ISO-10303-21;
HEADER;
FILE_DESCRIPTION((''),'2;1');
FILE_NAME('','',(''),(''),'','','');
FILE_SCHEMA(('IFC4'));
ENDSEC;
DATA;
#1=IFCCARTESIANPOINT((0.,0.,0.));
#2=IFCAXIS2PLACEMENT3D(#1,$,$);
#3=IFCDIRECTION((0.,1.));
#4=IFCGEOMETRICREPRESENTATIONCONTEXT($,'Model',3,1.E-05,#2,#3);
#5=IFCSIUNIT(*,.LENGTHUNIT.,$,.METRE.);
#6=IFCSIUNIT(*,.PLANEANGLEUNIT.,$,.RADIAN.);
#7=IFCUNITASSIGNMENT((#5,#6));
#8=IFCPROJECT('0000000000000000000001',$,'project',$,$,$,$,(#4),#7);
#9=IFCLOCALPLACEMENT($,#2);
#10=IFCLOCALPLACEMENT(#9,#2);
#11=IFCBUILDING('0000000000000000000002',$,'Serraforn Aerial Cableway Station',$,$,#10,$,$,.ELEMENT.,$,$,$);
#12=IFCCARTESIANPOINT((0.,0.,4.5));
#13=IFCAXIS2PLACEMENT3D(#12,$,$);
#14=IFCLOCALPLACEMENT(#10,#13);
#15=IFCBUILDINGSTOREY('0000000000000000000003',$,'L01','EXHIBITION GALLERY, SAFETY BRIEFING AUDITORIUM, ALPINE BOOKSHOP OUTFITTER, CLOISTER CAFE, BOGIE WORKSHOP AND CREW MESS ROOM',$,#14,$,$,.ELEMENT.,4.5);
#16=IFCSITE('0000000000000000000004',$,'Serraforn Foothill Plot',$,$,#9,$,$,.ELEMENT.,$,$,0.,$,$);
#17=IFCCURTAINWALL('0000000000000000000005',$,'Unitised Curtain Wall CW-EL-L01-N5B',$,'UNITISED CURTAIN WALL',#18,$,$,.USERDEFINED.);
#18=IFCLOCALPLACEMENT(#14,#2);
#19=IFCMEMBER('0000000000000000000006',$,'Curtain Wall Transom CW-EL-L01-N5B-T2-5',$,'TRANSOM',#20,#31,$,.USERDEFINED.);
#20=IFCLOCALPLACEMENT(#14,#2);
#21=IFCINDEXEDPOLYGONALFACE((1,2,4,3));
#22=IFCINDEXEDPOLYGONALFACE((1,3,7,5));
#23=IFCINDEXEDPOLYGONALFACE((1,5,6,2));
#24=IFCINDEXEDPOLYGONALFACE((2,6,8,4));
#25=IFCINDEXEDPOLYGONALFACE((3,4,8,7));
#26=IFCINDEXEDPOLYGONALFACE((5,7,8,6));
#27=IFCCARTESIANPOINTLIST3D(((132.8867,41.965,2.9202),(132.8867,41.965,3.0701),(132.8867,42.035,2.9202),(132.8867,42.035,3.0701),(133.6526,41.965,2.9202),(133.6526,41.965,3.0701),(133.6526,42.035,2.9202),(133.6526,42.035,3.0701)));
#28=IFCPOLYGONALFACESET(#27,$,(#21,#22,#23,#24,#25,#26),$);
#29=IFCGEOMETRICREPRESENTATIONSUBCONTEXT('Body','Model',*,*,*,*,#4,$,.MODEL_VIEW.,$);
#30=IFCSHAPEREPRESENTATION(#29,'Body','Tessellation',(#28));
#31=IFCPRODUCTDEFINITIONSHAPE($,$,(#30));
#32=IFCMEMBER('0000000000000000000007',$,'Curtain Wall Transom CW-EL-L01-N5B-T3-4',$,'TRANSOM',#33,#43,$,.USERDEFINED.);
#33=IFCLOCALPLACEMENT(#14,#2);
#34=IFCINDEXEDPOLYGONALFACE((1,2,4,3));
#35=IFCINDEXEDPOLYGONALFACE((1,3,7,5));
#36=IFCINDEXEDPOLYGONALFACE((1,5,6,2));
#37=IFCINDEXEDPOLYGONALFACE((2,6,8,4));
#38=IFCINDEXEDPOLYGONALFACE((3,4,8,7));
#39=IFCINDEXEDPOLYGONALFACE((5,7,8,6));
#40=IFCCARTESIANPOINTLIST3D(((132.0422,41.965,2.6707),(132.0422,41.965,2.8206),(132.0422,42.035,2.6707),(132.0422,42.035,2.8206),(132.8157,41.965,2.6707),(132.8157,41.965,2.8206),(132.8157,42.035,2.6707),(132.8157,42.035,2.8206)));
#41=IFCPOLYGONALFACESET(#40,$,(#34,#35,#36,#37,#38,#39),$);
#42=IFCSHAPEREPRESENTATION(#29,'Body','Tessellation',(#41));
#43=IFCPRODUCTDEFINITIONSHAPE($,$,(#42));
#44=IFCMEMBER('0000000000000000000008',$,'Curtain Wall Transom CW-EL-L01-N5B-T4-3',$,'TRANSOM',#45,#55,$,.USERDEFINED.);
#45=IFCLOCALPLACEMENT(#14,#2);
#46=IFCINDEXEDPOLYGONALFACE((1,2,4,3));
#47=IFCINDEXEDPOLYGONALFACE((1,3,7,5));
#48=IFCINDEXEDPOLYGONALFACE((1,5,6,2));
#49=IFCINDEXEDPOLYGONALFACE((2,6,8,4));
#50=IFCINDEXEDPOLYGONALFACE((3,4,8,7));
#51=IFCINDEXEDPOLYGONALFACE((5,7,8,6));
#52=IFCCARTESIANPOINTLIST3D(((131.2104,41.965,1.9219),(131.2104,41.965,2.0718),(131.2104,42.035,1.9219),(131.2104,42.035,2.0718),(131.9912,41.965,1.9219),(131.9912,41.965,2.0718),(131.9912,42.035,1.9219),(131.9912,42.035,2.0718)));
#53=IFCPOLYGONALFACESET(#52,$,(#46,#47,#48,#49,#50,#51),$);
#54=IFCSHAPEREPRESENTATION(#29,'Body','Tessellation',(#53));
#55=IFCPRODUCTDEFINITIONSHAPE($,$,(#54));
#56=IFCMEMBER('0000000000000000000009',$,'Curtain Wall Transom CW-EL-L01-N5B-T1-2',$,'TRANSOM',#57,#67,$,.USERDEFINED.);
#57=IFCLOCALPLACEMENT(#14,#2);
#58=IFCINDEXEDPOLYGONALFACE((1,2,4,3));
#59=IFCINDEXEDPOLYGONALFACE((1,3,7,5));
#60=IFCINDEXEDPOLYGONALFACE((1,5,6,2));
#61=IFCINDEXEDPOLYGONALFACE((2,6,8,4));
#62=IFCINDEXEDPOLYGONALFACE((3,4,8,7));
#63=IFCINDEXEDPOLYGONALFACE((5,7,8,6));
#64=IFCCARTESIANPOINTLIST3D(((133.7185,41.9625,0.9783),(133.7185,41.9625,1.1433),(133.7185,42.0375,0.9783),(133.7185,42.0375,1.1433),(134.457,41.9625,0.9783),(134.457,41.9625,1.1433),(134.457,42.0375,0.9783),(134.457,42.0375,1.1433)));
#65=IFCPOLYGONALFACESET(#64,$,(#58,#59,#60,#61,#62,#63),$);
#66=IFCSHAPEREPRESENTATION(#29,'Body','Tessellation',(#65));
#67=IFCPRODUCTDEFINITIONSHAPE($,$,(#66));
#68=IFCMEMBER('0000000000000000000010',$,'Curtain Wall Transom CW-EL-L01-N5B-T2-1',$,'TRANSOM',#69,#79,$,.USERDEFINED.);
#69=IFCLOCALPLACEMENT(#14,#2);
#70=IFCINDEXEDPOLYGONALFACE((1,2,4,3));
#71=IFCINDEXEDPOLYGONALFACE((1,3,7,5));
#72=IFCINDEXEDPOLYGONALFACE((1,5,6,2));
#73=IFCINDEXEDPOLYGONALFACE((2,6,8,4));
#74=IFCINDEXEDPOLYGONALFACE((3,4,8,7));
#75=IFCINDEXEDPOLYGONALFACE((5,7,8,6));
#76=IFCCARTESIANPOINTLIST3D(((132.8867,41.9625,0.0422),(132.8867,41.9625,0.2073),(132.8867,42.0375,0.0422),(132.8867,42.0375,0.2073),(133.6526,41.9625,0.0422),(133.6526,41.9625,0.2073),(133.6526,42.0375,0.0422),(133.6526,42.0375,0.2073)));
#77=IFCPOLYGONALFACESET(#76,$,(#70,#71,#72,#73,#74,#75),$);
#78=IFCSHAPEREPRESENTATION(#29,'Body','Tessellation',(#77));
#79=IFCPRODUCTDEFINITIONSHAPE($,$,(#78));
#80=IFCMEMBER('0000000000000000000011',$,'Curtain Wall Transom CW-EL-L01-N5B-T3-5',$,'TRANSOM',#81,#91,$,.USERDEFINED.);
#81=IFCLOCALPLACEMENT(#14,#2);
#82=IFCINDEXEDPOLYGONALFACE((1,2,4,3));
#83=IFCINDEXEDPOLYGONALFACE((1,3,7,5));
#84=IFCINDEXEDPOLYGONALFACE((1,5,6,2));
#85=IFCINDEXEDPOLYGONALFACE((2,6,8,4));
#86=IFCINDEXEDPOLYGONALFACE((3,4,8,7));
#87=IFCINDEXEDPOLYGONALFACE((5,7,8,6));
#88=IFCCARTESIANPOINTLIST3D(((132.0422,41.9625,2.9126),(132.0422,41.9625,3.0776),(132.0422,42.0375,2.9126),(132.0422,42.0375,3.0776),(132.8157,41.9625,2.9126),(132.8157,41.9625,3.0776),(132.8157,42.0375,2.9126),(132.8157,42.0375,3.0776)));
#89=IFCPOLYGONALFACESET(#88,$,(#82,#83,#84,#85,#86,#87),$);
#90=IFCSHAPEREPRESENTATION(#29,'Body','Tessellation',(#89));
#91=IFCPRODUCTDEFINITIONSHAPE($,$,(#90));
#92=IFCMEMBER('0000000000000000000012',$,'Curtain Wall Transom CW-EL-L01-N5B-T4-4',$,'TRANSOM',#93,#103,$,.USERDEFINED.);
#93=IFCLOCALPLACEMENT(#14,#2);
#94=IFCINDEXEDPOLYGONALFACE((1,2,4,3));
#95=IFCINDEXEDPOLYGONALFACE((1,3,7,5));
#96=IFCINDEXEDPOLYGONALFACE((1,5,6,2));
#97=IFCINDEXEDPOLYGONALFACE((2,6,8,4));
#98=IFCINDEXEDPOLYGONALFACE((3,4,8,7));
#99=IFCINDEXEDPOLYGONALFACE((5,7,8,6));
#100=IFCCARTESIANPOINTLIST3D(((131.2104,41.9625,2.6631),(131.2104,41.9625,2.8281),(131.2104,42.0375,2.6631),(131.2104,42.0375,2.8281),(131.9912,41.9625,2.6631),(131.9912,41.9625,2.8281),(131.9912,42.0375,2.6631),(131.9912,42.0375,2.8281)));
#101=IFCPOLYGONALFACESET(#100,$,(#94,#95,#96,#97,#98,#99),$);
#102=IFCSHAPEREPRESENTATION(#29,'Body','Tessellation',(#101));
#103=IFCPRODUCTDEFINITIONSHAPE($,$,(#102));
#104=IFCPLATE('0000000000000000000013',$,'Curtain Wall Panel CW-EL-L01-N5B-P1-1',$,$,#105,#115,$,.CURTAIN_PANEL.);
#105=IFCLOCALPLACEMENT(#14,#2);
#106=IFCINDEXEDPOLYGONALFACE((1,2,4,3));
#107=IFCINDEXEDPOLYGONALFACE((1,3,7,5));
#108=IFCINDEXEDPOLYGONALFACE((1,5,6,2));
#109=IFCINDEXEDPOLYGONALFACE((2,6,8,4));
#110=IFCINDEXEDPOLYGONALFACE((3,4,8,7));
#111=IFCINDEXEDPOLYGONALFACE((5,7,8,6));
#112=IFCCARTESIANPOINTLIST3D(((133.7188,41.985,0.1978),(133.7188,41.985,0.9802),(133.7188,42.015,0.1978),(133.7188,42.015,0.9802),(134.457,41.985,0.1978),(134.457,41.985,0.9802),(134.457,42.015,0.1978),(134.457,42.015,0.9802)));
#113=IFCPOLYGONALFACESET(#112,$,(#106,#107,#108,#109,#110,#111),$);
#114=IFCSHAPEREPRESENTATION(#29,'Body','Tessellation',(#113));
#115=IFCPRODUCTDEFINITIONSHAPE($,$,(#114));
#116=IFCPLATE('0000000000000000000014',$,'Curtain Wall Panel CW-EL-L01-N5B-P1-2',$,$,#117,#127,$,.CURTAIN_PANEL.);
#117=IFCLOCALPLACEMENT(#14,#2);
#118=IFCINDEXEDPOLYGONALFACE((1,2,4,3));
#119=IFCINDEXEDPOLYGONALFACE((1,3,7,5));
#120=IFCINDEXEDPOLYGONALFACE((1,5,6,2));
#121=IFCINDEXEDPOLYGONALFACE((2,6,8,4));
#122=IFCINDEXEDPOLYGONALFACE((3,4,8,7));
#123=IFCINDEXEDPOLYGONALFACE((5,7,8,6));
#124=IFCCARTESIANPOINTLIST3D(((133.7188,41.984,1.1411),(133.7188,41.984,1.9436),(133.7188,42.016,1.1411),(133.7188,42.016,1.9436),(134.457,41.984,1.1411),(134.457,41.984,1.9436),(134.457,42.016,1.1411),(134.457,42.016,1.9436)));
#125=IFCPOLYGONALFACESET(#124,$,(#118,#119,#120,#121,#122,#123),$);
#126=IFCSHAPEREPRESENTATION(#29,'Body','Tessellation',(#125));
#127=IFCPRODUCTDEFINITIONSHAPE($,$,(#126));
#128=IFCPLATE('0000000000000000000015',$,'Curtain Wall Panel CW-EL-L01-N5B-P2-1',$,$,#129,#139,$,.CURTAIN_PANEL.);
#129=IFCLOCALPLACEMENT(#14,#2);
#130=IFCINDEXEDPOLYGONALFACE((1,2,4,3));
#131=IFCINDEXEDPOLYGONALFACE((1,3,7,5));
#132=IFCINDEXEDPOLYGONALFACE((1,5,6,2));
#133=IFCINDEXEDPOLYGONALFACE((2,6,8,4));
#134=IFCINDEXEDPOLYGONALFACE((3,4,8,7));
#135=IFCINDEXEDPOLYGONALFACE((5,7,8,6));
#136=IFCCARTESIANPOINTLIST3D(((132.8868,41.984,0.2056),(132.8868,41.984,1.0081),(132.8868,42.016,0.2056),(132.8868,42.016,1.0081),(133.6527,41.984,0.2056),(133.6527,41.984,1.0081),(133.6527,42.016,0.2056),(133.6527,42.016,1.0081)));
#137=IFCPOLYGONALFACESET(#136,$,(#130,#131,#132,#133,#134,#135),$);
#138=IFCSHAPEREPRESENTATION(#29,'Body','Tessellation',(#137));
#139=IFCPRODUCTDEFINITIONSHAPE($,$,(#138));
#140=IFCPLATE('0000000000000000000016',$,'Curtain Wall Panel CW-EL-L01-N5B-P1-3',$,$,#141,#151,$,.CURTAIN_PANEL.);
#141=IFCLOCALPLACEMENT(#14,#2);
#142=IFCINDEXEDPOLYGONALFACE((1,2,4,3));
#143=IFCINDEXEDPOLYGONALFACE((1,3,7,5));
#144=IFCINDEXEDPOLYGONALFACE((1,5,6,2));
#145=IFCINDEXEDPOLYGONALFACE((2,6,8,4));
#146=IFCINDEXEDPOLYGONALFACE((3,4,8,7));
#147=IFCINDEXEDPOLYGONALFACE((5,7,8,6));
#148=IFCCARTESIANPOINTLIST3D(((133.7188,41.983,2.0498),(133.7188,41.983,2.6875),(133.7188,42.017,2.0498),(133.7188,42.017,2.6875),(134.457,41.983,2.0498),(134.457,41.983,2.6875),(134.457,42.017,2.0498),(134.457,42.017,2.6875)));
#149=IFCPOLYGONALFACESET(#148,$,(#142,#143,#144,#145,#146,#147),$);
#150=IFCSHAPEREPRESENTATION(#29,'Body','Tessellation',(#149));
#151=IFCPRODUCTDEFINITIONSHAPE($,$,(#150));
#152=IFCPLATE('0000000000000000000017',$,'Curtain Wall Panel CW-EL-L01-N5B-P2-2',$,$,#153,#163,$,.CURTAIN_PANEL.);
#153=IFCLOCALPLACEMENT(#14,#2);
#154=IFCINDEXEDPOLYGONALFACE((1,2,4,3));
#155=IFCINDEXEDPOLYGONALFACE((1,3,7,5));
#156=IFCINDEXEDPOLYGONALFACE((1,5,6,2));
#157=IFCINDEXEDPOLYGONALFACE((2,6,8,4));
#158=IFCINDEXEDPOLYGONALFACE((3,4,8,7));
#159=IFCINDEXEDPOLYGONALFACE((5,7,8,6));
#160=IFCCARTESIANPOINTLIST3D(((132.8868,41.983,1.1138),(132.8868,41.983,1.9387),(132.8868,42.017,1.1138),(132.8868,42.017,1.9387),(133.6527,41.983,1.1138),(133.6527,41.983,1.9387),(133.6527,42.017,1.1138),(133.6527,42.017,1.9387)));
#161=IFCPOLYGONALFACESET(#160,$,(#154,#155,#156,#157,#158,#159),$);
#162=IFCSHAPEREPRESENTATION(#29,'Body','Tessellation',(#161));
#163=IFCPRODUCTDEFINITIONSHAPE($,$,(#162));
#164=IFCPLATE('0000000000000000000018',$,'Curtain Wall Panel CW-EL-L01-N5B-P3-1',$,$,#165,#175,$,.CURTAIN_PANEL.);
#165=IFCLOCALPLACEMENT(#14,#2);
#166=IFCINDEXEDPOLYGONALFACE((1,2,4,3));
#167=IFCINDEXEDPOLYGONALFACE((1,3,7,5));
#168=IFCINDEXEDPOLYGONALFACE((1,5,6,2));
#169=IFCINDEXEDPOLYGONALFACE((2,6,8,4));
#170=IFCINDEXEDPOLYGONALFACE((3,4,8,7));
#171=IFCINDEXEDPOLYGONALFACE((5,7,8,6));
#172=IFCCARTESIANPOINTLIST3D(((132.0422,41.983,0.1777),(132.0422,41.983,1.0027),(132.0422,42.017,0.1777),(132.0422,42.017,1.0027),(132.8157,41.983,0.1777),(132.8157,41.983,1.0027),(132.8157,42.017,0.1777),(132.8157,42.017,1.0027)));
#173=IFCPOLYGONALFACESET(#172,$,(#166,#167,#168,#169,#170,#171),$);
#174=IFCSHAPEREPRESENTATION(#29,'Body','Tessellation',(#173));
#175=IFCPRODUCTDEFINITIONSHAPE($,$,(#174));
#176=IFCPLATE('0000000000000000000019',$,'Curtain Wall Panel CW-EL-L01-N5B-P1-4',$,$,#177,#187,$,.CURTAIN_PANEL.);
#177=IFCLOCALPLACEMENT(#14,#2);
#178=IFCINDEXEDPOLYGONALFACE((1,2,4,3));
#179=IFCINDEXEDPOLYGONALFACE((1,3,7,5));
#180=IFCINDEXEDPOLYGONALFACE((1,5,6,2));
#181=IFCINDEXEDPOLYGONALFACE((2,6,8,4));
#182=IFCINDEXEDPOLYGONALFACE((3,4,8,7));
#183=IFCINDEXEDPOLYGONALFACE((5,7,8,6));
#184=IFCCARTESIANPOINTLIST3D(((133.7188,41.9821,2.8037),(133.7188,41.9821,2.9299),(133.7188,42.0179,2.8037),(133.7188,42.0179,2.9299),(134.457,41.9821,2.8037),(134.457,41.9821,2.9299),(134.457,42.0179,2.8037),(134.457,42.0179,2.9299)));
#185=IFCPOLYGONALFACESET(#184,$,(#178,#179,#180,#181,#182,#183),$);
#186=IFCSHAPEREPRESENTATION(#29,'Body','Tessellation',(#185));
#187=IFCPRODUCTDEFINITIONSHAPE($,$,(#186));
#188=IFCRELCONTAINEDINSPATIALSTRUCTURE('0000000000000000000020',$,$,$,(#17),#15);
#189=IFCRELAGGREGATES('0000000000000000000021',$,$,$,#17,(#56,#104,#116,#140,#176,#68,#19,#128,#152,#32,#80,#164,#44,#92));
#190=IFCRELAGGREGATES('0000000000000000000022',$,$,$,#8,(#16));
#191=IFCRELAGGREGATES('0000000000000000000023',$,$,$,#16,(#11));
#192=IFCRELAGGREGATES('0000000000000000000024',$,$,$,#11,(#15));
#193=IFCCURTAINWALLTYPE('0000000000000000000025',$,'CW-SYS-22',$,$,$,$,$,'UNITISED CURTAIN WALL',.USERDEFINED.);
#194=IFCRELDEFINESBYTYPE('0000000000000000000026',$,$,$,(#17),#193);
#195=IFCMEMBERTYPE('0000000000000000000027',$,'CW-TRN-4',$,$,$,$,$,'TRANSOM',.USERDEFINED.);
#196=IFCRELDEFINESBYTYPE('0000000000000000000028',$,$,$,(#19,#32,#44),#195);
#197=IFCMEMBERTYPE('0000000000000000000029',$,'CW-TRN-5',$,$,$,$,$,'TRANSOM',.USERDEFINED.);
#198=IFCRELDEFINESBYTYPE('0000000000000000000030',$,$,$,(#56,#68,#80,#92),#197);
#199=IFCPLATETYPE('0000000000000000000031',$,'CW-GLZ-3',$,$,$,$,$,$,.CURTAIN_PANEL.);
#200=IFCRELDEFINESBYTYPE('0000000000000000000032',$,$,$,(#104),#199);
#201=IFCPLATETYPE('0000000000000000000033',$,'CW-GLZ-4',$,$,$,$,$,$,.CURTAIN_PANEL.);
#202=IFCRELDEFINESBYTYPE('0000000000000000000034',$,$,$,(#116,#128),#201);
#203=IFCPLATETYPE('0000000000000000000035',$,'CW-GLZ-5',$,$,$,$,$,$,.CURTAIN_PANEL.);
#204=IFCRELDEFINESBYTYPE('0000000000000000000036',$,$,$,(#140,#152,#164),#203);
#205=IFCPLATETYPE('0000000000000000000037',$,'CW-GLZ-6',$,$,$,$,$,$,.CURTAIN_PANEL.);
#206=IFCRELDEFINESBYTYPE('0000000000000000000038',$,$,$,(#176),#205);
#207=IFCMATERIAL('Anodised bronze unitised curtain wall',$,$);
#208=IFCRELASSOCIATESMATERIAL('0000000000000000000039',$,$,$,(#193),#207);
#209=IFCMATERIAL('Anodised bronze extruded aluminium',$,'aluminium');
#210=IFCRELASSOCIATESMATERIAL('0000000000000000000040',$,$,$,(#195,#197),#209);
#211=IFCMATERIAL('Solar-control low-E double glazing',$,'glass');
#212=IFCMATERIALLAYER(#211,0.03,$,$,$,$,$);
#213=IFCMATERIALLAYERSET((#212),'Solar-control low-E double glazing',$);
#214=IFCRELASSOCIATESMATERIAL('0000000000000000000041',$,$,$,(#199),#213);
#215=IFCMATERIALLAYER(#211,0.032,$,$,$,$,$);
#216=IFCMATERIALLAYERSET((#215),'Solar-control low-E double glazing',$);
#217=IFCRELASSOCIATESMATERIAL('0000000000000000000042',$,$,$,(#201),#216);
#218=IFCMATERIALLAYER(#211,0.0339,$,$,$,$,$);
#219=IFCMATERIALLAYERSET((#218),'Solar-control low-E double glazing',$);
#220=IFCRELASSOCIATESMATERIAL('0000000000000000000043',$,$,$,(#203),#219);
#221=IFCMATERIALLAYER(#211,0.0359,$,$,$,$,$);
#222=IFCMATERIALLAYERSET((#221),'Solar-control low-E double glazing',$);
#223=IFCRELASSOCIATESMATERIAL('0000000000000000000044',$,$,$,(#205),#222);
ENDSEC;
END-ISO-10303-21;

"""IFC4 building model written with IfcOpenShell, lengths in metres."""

from ifc_helpers import new_model, si_unit, direction, frame, origin, origin_2d, place, context, subcontext, project, spatial, rectangle, extrude, material, layer, layer_set, material_profile, profile_set, type_object, element, aggregate, save


model = new_model("IFC4")

# Units and contexts
model_context = context("Model", 3, precision=1e-05, world=origin(), true_north=direction((0.0, 1.0)))
body_context = subcontext(model_context, "Body", "Model", "MODEL_VIEW")
ifc_project = project(units=[si_unit("LENGTHUNIT", "METRE"), si_unit("PLANEANGLEUNIT", "RADIAN")], contexts=[model_context])

# Site, building, storey
site_placement = place(None, origin())
site = spatial("IfcSite", under=ifc_project, at=site_placement, Name="Serraforn Foothill Plot", CompositionType="ELEMENT", RefElevation=0.0)
building_placement = place(site_placement, origin())
building = spatial("IfcBuilding", under=site, at=building_placement, Name="Serraforn Aerial Cableway Station", CompositionType="ELEMENT")
storey_placement = place(building_placement, frame((0.0, 0.0, 4.5)))
storey = spatial("IfcBuildingStorey", under=building, at=storey_placement, Name="L01", Description="EXHIBITION GALLERY, SAFETY BRIEFING AUDITORIUM, ALPINE BOOKSHOP OUTFITTER, CLOISTER CAFE, BOGIE WORKSHOP AND CREW MESS ROOM", CompositionType="ELEMENT", Elevation=4.5)

# Curtain wall, members, plates
ifc_material_1 = material(Name="Anodised bronze unitised curtain wall")
curtain_wall_type = type_object("IfcCurtainWallType", Name="CW-SYS-22", ElementType="UNITISED CURTAIN WALL", PredefinedType="USERDEFINED", material=ifc_material_1)
curtain_wall_placement = place(storey_placement, origin())
curtain_wall = element("IfcCurtainWall", 1, at=curtain_wall_placement, inside=storey, type_object=curtain_wall_type, Name="Unitised Curtain Wall CW-EL-L01-N5B", ObjectType="UNITISED CURTAIN WALL", PredefinedType="USERDEFINED")
ifc_material_2 = material(Name="Anodised bronze extruded aluminium", Category="aluminium")
ifc_material_profile_1 = material_profile(ifc_material_2, rectangle(XDim=0.0701, YDim=0.1499, at=origin_2d()), Name="CW TRANSOM 70x150")
ifc_profile_set_1 = profile_set([ifc_material_profile_1], Name="Anodised bronze extruded aluminium")
member_type_1 = type_object("IfcMemberType", Name="CW-TRN-4", ElementType="TRANSOM", PredefinedType="USERDEFINED", material=ifc_profile_set_1)
member_1_placement = place(storey_placement, frame((133.6526, 42.0, 2.9951), z_axis=(-1.0, 0.0, 0.0), x_axis=(0.0, -1.0, 0.0)))
member_1 = element("IfcMember", 2, at=member_1_placement, type_object=member_type_1, Name="Curtain Wall Transom CW-EL-L01-N5B-T2-5", ObjectType="TRANSOM", PredefinedType="USERDEFINED", context=body_context, shape_type="SweptSolid", body=[
    extrude(rectangle(XDim=0.0701, YDim=0.1499, at=origin_2d()), origin(), (0.0, 0.0, 1.0), 0.7659),
])
member_2_placement = place(storey_placement, frame((132.8157, 42.0, 2.7456), z_axis=(-1.0, 0.0, 0.0), x_axis=(0.0, -1.0, 0.0)))
member_2 = element("IfcMember", 3, at=member_2_placement, type_object=member_type_1, Name="Curtain Wall Transom CW-EL-L01-N5B-T3-4", ObjectType="TRANSOM", PredefinedType="USERDEFINED", context=body_context, shape_type="SweptSolid", body=[
    extrude(rectangle(XDim=0.0701, YDim=0.1499, at=origin_2d()), origin(), (0.0, 0.0, 1.0), 0.7734),
])
member_3_placement = place(storey_placement, frame((131.9912, 42.0, 1.9968), z_axis=(-1.0, 0.0, 0.0), x_axis=(0.0, -1.0, 0.0)))
member_3 = element("IfcMember", 4, at=member_3_placement, type_object=member_type_1, Name="Curtain Wall Transom CW-EL-L01-N5B-T4-3", ObjectType="TRANSOM", PredefinedType="USERDEFINED", context=body_context, shape_type="SweptSolid", body=[
    extrude(rectangle(XDim=0.0701, YDim=0.1499, at=origin_2d()), origin(), (0.0, 0.0, 1.0), 0.7808),
])
ifc_material_profile_2 = material_profile(ifc_material_2, rectangle(XDim=0.075, YDim=0.165, at=origin_2d()), Name="CW TRANSOM 75x165")
ifc_profile_set_2 = profile_set([ifc_material_profile_2], Name="Anodised bronze extruded aluminium")
member_type_2 = type_object("IfcMemberType", Name="CW-TRN-5", ElementType="TRANSOM", PredefinedType="USERDEFINED", material=ifc_profile_set_2)
member_4_placement = place(storey_placement, frame((134.457, 42.0, 1.0608), z_axis=(-1.0, 0.0, 0.0), x_axis=(0.0, -1.0, 0.0)))
member_4 = element("IfcMember", 5, at=member_4_placement, type_object=member_type_2, Name="Curtain Wall Transom CW-EL-L01-N5B-T1-2", ObjectType="TRANSOM", PredefinedType="USERDEFINED", context=body_context, shape_type="SweptSolid", body=[
    extrude(rectangle(XDim=0.075, YDim=0.165, at=origin_2d()), origin(), (0.0, 0.0, 1.0), 0.7385),
])
member_5_placement = place(storey_placement, frame((133.6526, 42.0, 0.1248), z_axis=(-1.0, 0.0, 0.0), x_axis=(0.0, -1.0, 0.0)))
member_5 = element("IfcMember", 6, at=member_5_placement, type_object=member_type_2, Name="Curtain Wall Transom CW-EL-L01-N5B-T2-1", ObjectType="TRANSOM", PredefinedType="USERDEFINED", context=body_context, shape_type="SweptSolid", body=[
    extrude(rectangle(XDim=0.075, YDim=0.165, at=origin_2d()), origin(), (0.0, 0.0, 1.0), 0.7659),
])
member_6_placement = place(storey_placement, frame((132.8157, 42.0, 2.9951), z_axis=(-1.0, 0.0, 0.0), x_axis=(0.0, -1.0, 0.0)))
member_6 = element("IfcMember", 7, at=member_6_placement, type_object=member_type_2, Name="Curtain Wall Transom CW-EL-L01-N5B-T3-5", ObjectType="TRANSOM", PredefinedType="USERDEFINED", context=body_context, shape_type="SweptSolid", body=[
    extrude(rectangle(XDim=0.075, YDim=0.165, at=origin_2d()), origin(), (0.0, 0.0, 1.0), 0.7734),
])
member_7_placement = place(storey_placement, frame((131.9912, 42.0, 2.7456), z_axis=(-1.0, 0.0, 0.0), x_axis=(0.0, -1.0, 0.0)))
member_7 = element("IfcMember", 8, at=member_7_placement, type_object=member_type_2, Name="Curtain Wall Transom CW-EL-L01-N5B-T4-4", ObjectType="TRANSOM", PredefinedType="USERDEFINED", context=body_context, shape_type="SweptSolid", body=[
    extrude(rectangle(XDim=0.075, YDim=0.165, at=origin_2d()), origin(), (0.0, 0.0, 1.0), 0.7808),
])
ifc_material_3 = material(Name="Solar-control low-E double glazing", Category="glass")
ifc_layer_1 = layer(ifc_material_3, 0.03)
ifc_layer_set_1 = layer_set([ifc_layer_1], Name="Solar-control low-E double glazing")
plate_type_1 = type_object("IfcPlateType", Name="CW-GLZ-3", PredefinedType="CURTAIN_PANEL", material=ifc_layer_set_1)
plate_1_placement = place(storey_placement, frame((134.0879, 42.0, 0.1978), z_axis=(0.0, 0.0, 1.0), x_axis=(1.0, 0.0, 0.0)))
plate_1 = element("IfcPlate", 9, at=plate_1_placement, type_object=plate_type_1, Name="Curtain Wall Panel CW-EL-L01-N5B-P1-1", PredefinedType="CURTAIN_PANEL", context=body_context, shape_type="SweptSolid", body=[
    extrude(rectangle(XDim=0.7383, YDim=0.03, at=origin_2d()), origin(), (0.0, 0.0, 1.0), 0.7825),
])
ifc_layer_2 = layer(ifc_material_3, 0.032)
ifc_layer_set_2 = layer_set([ifc_layer_2], Name="Solar-control low-E double glazing")
plate_type_2 = type_object("IfcPlateType", Name="CW-GLZ-4", PredefinedType="CURTAIN_PANEL", material=ifc_layer_set_2)
plate_2_placement = place(storey_placement, frame((134.0879, 42.0, 1.1411), z_axis=(0.0, 0.0, 1.0), x_axis=(1.0, 0.0, 0.0)))
plate_2 = element("IfcPlate", 10, at=plate_2_placement, type_object=plate_type_2, Name="Curtain Wall Panel CW-EL-L01-N5B-P1-2", PredefinedType="CURTAIN_PANEL", context=body_context, shape_type="SweptSolid", body=[
    extrude(rectangle(XDim=0.7383, YDim=0.032, at=origin_2d()), origin(), (0.0, 0.0, 1.0), 0.8025),
])
plate_3_placement = place(storey_placement, frame((133.2698, 42.0, 0.2056), z_axis=(0.0, 0.0, 1.0), x_axis=(1.0, 0.0, 0.0)))
plate_3 = element("IfcPlate", 11, at=plate_3_placement, type_object=plate_type_2, Name="Curtain Wall Panel CW-EL-L01-N5B-P2-1", PredefinedType="CURTAIN_PANEL", context=body_context, shape_type="SweptSolid", body=[
    extrude(rectangle(XDim=0.7659, YDim=0.032, at=origin_2d()), origin(), (0.0, 0.0, 1.0), 0.8025),
])
ifc_layer_3 = layer(ifc_material_3, 0.0339)
ifc_layer_set_3 = layer_set([ifc_layer_3], Name="Solar-control low-E double glazing")
plate_type_3 = type_object("IfcPlateType", Name="CW-GLZ-5", PredefinedType="CURTAIN_PANEL", material=ifc_layer_set_3)
plate_4_placement = place(storey_placement, frame((134.0879, 42.0, 2.0498), z_axis=(0.0, 0.0, 1.0), x_axis=(1.0, 0.0, 0.0)))
plate_4 = element("IfcPlate", 12, at=plate_4_placement, type_object=plate_type_3, Name="Curtain Wall Panel CW-EL-L01-N5B-P1-3", PredefinedType="CURTAIN_PANEL", context=body_context, shape_type="SweptSolid", body=[
    extrude(rectangle(XDim=0.7383, YDim=0.0339, at=origin_2d()), origin(), (0.0, 0.0, 1.0), 0.6377),
])
plate_5_placement = place(storey_placement, frame((133.2698, 42.0, 1.1138), z_axis=(0.0, 0.0, 1.0), x_axis=(1.0, 0.0, 0.0)))
plate_5 = element("IfcPlate", 13, at=plate_5_placement, type_object=plate_type_3, Name="Curtain Wall Panel CW-EL-L01-N5B-P2-2", PredefinedType="CURTAIN_PANEL", context=body_context, shape_type="SweptSolid", body=[
    extrude(rectangle(XDim=0.7659, YDim=0.0339, at=origin_2d()), origin(), (0.0, 0.0, 1.0), 0.825),
])
plate_6_placement = place(storey_placement, frame((132.429, 42.0, 0.1777), z_axis=(0.0, 0.0, 1.0), x_axis=(1.0, 0.0, 0.0)))
plate_6 = element("IfcPlate", 14, at=plate_6_placement, type_object=plate_type_3, Name="Curtain Wall Panel CW-EL-L01-N5B-P3-1", PredefinedType="CURTAIN_PANEL", context=body_context, shape_type="SweptSolid", body=[
    extrude(rectangle(XDim=0.7734, YDim=0.0339, at=origin_2d()), origin(), (0.0, 0.0, 1.0), 0.825),
])
ifc_layer_4 = layer(ifc_material_3, 0.0359)
ifc_layer_set_4 = layer_set([ifc_layer_4], Name="Solar-control low-E double glazing")
plate_type_4 = type_object("IfcPlateType", Name="CW-GLZ-6", PredefinedType="CURTAIN_PANEL", material=ifc_layer_set_4)
plate_7_placement = place(storey_placement, frame((134.0879, 42.0, 2.8037), z_axis=(0.0, 0.0, 1.0), x_axis=(1.0, 0.0, 0.0)))
plate_7 = element("IfcPlate", 15, at=plate_7_placement, type_object=plate_type_4, Name="Curtain Wall Panel CW-EL-L01-N5B-P1-4", PredefinedType="CURTAIN_PANEL", context=body_context, shape_type="SweptSolid", body=[
    extrude(rectangle(XDim=0.7383, YDim=0.0359, at=origin_2d()), origin(), (0.0, 0.0, 1.0), 0.1262),
])
aggregate(curtain_wall, [member_4, plate_1, plate_2, plate_4, plate_7, member_5, member_1, plate_3, plate_5, member_2, member_6, plate_6, member_3, member_7])

save(model, "model.ifc")
